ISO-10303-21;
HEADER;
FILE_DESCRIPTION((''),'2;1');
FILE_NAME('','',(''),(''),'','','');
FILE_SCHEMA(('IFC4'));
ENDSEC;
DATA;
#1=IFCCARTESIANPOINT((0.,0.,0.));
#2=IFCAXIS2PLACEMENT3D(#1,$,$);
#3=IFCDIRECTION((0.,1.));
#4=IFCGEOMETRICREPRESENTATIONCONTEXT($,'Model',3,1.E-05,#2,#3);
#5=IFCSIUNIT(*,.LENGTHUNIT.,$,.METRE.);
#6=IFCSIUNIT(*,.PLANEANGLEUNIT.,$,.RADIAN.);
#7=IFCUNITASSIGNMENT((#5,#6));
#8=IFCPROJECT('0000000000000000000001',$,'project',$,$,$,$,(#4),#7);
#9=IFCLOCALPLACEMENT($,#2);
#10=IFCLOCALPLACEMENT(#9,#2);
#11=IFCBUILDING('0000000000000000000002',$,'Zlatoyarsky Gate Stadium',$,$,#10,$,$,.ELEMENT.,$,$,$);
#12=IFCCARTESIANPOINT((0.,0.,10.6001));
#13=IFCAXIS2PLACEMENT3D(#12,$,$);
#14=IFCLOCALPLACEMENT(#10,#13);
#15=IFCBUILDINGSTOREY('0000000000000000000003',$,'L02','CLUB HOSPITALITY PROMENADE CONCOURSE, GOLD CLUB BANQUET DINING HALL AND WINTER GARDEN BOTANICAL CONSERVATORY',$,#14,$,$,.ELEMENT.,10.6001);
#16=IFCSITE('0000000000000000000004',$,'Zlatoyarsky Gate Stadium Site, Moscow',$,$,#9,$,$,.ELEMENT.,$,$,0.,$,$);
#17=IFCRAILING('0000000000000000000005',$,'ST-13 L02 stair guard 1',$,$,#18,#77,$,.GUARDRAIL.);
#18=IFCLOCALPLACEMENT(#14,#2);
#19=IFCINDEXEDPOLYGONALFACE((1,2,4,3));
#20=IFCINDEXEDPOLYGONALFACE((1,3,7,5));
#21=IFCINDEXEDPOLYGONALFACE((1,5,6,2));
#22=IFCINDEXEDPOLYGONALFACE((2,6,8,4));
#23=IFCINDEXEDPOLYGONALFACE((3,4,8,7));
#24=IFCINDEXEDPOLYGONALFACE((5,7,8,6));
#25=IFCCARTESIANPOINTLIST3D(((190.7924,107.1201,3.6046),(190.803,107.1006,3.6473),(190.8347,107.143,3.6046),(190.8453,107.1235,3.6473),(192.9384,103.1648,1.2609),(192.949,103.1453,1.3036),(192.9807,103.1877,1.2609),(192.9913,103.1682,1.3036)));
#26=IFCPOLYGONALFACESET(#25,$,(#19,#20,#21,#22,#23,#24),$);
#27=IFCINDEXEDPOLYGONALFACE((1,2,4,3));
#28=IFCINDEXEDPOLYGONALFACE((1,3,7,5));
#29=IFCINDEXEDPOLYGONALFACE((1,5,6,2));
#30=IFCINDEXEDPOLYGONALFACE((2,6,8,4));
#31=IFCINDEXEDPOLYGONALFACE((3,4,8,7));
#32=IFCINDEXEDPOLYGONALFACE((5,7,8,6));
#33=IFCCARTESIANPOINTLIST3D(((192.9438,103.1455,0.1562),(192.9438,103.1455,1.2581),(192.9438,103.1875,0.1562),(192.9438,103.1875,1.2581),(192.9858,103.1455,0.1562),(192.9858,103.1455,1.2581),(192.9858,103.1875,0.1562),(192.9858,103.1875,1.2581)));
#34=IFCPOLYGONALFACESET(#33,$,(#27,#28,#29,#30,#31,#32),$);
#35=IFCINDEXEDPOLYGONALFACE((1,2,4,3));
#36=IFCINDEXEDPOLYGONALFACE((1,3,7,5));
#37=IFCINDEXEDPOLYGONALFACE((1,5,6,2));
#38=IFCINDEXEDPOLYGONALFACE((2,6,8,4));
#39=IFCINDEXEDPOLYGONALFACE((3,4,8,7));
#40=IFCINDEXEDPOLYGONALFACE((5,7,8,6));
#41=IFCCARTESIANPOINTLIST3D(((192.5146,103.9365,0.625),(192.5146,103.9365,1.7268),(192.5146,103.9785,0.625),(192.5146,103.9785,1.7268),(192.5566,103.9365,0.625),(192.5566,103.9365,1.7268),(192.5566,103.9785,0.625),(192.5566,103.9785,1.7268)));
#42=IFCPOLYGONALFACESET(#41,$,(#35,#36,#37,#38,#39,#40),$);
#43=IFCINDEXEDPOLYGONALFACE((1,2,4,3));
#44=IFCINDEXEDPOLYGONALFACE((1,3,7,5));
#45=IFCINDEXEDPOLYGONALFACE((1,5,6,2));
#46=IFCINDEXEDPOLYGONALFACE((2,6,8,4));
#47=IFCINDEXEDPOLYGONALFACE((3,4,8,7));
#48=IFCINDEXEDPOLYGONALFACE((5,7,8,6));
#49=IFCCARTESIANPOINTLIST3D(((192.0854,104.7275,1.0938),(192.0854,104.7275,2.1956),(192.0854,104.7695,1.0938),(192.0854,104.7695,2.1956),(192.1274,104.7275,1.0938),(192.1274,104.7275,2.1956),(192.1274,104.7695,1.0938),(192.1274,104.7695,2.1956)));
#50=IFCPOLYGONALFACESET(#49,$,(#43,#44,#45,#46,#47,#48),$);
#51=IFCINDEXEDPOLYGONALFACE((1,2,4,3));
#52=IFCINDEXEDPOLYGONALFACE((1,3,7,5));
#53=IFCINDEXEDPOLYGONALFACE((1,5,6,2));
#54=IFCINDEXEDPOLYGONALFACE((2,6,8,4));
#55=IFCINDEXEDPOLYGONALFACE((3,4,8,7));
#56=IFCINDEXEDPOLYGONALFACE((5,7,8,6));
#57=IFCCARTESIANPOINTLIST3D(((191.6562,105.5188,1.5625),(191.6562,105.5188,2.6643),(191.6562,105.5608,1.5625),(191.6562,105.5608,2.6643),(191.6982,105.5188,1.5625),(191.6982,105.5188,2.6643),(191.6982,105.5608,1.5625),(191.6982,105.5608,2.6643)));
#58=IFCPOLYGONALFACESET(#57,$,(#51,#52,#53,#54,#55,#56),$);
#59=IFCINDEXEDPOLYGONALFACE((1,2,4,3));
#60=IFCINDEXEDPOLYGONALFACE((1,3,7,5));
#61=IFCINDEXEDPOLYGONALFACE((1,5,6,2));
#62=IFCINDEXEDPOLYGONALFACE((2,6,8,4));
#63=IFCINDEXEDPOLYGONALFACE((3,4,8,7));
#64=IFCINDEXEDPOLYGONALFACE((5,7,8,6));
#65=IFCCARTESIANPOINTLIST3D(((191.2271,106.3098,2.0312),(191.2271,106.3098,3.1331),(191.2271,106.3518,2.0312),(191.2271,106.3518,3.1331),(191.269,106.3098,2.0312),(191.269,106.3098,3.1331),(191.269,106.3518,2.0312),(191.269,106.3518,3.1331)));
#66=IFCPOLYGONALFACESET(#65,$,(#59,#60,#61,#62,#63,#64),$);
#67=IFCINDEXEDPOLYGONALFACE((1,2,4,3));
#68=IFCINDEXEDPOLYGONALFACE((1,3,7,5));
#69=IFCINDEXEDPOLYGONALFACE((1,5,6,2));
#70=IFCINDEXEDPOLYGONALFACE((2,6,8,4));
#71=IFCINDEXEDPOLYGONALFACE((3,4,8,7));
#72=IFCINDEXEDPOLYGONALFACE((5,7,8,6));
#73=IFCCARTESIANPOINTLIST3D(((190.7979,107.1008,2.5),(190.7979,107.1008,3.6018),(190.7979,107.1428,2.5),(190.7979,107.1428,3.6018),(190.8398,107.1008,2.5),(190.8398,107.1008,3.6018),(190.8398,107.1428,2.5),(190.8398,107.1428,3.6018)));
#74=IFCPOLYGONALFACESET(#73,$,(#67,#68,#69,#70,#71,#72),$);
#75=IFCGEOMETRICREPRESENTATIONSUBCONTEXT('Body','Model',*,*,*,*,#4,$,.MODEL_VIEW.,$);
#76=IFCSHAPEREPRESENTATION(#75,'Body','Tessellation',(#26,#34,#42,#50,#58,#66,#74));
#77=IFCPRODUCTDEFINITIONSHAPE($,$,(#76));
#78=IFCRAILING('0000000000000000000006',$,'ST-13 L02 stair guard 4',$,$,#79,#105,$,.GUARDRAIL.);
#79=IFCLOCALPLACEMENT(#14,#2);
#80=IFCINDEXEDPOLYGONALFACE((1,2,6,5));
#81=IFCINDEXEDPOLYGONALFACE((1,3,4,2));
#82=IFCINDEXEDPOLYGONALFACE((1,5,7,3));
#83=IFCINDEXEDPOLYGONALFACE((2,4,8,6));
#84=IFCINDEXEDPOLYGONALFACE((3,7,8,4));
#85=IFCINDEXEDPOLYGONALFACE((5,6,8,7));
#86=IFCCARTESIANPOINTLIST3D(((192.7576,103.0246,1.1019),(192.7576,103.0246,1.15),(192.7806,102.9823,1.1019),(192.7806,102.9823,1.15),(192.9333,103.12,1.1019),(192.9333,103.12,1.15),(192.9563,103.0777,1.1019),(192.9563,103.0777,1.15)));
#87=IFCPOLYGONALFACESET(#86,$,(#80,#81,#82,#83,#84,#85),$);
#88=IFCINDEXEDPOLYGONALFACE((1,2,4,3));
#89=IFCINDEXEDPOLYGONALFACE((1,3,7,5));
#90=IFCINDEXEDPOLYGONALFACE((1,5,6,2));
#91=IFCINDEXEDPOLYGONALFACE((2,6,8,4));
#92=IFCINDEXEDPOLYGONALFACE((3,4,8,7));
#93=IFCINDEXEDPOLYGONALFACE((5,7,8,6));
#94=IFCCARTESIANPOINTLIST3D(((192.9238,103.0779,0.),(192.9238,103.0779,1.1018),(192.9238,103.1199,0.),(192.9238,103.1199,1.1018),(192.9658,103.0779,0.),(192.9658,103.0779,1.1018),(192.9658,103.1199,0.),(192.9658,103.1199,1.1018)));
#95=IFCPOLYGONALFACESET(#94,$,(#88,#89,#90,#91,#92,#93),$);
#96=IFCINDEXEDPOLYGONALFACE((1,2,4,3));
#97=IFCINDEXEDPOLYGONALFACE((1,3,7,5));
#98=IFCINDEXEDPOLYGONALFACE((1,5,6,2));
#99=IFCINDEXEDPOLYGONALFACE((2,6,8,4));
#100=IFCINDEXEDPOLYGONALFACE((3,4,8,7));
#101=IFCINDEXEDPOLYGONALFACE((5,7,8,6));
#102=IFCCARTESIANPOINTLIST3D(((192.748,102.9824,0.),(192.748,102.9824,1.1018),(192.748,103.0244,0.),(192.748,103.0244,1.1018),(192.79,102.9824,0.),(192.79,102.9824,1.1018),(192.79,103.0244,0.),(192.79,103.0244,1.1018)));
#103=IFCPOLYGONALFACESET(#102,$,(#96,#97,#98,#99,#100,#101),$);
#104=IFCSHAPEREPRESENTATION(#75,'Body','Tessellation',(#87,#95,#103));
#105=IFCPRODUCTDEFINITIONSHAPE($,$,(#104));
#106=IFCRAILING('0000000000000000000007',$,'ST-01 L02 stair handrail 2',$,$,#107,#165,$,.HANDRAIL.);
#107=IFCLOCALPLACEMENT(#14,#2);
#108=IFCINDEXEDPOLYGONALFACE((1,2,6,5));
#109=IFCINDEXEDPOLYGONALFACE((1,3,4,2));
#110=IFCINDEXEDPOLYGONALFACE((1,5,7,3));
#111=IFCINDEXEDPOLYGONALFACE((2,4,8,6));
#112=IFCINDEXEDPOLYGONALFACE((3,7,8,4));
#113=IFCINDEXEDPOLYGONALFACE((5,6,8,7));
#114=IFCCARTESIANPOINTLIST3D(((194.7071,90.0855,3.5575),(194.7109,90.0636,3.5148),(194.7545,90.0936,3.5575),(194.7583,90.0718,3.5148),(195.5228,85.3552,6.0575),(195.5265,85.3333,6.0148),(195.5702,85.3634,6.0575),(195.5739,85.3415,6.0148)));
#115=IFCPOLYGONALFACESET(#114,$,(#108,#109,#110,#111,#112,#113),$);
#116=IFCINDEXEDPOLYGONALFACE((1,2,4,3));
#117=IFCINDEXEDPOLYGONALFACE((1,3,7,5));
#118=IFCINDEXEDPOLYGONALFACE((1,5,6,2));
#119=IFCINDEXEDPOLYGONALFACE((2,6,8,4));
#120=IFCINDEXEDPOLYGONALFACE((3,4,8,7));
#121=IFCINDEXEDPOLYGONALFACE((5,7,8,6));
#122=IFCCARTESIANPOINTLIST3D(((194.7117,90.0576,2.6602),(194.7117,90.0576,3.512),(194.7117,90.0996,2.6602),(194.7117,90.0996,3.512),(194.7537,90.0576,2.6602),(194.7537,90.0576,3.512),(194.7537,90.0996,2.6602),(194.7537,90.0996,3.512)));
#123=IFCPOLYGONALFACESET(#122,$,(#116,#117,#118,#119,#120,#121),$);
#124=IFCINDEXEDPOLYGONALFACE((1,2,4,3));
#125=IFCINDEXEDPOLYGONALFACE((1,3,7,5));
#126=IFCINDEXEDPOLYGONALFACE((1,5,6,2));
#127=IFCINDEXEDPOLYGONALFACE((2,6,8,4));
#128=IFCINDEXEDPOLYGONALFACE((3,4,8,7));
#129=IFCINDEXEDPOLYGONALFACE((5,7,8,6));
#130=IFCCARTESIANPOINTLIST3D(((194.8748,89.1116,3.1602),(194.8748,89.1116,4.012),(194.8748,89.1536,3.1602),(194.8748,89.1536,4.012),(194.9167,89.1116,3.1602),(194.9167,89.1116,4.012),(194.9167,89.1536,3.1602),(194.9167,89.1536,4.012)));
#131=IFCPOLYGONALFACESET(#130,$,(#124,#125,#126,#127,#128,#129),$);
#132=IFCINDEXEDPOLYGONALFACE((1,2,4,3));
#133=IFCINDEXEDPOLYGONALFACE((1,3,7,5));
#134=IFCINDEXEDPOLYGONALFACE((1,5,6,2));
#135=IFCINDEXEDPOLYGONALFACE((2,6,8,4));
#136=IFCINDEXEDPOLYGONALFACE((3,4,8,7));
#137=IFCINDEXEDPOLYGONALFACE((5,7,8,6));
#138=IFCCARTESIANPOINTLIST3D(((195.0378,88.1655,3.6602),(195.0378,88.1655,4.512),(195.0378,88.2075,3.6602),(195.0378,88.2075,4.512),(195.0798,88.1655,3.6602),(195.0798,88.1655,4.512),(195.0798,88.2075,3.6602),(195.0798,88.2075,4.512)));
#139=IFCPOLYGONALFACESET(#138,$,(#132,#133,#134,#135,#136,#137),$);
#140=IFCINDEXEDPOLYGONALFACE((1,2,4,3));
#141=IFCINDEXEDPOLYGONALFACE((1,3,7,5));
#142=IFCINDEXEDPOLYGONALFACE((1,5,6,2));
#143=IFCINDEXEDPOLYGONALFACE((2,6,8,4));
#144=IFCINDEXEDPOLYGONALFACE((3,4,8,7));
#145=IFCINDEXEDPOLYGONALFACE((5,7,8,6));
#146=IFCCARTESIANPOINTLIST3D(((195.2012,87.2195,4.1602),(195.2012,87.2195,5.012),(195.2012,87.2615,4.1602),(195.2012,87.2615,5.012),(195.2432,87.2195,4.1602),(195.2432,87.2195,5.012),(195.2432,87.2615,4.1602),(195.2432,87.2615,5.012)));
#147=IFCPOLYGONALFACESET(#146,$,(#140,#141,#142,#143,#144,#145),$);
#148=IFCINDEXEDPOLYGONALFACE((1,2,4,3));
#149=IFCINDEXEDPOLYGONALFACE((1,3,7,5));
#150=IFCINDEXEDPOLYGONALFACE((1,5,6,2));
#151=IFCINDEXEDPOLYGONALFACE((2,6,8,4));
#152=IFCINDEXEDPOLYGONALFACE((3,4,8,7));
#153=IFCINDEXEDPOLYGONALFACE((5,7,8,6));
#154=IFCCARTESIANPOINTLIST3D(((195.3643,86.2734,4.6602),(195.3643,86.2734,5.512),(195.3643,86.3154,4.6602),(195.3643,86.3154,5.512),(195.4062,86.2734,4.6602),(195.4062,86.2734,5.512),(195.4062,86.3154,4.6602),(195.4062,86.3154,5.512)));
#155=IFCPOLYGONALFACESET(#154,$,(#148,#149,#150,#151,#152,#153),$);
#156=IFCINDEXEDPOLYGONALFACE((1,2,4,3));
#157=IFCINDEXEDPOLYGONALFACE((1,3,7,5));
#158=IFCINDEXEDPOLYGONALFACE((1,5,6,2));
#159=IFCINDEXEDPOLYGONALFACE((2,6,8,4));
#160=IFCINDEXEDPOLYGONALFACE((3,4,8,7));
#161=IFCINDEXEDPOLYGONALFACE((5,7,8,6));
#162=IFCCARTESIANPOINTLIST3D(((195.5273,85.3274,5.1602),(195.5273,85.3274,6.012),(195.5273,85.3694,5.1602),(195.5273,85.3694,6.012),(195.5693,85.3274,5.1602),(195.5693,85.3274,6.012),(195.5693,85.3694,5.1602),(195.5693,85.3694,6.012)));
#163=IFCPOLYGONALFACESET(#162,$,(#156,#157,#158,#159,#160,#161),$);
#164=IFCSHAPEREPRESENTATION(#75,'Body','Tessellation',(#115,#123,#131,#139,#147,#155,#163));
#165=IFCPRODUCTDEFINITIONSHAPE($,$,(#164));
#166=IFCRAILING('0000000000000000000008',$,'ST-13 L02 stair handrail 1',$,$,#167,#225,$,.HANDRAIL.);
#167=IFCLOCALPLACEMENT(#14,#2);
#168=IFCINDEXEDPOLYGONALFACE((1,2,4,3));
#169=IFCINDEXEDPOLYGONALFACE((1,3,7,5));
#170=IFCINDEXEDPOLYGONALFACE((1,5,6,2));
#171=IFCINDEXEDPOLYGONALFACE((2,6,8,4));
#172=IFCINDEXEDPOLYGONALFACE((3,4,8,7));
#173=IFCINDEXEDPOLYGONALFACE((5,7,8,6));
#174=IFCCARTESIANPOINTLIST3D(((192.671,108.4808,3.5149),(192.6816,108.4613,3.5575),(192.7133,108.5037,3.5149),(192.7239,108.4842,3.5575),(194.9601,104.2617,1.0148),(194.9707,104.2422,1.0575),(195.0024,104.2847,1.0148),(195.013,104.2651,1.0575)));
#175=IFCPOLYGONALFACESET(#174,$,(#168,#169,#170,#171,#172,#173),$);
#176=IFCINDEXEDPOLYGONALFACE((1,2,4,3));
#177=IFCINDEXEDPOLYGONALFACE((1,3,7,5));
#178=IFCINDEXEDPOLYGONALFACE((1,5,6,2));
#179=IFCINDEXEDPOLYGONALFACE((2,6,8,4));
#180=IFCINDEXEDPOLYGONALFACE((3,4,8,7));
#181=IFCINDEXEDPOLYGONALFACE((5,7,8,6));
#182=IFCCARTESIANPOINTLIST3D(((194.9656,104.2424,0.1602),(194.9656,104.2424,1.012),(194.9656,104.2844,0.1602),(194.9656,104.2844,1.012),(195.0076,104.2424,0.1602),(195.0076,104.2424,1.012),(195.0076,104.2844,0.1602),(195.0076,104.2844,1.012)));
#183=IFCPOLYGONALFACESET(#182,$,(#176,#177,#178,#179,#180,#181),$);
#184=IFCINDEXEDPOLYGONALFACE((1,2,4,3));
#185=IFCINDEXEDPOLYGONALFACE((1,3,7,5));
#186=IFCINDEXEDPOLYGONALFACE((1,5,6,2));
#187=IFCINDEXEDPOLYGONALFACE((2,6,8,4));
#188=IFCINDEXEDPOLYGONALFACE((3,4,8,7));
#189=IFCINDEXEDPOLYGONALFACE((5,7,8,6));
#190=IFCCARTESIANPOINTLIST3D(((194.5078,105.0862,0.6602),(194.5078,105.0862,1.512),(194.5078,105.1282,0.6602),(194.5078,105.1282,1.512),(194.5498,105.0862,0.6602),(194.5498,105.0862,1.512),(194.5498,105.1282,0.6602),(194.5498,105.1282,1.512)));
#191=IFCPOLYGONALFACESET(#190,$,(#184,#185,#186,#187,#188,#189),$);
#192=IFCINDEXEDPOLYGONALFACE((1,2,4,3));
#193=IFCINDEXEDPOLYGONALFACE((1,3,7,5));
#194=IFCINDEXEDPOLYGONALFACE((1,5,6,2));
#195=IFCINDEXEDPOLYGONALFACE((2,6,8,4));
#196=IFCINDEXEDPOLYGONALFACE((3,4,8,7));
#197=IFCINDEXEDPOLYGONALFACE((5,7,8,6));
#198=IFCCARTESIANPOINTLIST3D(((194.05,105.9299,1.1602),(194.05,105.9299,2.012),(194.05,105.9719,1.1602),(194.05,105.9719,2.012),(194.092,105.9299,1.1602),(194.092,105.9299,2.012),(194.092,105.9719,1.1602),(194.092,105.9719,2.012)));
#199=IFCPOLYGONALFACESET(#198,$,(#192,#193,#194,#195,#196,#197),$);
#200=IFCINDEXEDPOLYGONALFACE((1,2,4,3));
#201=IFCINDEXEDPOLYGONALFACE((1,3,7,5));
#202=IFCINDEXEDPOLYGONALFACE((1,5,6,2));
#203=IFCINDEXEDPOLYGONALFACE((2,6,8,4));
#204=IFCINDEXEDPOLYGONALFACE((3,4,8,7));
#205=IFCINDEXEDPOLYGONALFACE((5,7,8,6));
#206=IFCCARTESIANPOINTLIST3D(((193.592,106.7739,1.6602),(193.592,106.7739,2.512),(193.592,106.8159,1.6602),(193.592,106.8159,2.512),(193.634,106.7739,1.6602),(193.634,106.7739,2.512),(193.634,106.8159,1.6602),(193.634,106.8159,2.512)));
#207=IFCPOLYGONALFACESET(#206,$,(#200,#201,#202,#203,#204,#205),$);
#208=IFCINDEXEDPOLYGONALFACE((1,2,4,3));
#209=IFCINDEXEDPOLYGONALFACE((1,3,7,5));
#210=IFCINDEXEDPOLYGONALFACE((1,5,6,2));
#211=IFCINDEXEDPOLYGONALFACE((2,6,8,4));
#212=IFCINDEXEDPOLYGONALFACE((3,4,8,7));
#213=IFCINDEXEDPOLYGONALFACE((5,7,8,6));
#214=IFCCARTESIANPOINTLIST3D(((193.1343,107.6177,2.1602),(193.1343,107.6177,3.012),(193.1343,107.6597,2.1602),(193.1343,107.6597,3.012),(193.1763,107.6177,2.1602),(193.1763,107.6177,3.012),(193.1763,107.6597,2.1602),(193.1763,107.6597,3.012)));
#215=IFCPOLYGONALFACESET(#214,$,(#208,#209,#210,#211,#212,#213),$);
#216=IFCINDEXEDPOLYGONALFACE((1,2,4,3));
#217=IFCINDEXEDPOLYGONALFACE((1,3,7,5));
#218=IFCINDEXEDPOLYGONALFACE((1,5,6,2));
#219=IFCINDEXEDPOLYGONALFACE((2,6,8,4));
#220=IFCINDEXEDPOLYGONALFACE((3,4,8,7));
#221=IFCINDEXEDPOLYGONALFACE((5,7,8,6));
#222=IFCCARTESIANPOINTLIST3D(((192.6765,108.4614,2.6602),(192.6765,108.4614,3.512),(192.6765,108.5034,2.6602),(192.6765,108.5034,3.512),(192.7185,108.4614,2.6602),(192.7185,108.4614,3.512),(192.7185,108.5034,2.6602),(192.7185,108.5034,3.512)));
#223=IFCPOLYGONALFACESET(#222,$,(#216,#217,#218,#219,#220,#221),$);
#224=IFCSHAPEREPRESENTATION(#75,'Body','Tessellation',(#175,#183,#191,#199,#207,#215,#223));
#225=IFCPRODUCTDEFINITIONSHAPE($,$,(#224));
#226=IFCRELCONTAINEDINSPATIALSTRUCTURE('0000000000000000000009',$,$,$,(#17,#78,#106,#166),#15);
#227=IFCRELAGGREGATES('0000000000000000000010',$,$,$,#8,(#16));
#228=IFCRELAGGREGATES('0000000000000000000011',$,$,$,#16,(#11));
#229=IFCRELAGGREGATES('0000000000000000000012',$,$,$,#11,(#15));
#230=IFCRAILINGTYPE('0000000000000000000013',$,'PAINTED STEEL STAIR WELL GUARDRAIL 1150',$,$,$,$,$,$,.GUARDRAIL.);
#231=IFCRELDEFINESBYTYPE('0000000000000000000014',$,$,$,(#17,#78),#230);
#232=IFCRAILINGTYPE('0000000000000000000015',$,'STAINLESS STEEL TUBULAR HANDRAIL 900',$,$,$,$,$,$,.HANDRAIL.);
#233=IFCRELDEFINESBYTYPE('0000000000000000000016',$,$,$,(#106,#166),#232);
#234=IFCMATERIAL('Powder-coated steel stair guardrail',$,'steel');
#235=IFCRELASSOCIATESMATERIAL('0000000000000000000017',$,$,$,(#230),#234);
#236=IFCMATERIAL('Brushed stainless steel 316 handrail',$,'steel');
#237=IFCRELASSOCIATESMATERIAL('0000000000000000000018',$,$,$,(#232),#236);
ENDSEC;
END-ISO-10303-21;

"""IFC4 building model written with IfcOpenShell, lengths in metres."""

from ifc_helpers import new_model, si_unit, direction, frame, origin, origin_2d, place, context, subcontext, project, spatial, rectangle, extrude, material, type_object, element, save


model = new_model("IFC4")

# Units and contexts
model_context = context("Model", 3, precision=1e-05, world=origin(), true_north=direction((0.0, 1.0)))
body_context = subcontext(model_context, "Body", "Model", "MODEL_VIEW")
ifc_project = project(units=[si_unit("LENGTHUNIT", "METRE"), si_unit("PLANEANGLEUNIT", "RADIAN")], contexts=[model_context])

# Site, building, storey
site_placement = place(None, origin())
site = spatial("IfcSite", under=ifc_project, at=site_placement, Name="Zlatoyarsky Gate Stadium Site, Moscow", CompositionType="ELEMENT", RefElevation=0.0)
building_placement = place(site_placement, origin())
building = spatial("IfcBuilding", under=site, at=building_placement, Name="Zlatoyarsky Gate Stadium", CompositionType="ELEMENT")
storey_placement = place(building_placement, frame((0.0, 0.0, 10.6001)))
storey = spatial("IfcBuildingStorey", under=building, at=storey_placement, Name="L02", Description="CLUB HOSPITALITY PROMENADE CONCOURSE, GOLD CLUB BANQUET DINING HALL AND WINTER GARDEN BOTANICAL CONSERVATORY", CompositionType="ELEMENT", Elevation=10.6001)

# Railings
ifc_material_1 = material(Name="Powder-coated steel stair guardrail", Category="steel")
railing_type_1 = type_object("IfcRailingType", Name="PAINTED STEEL STAIR WELL GUARDRAIL 1150", PredefinedType="GUARDRAIL", material=ifc_material_1)
railing_1_placement = place(storey_placement, frame((192.9648, 103.1665, 0.1562)))
element("IfcRailing", 1, at=railing_1_placement, inside=storey, type_object=railing_type_1, Name="ST-13 L02 stair guard 1", PredefinedType="GUARDRAIL", context=body_context, shape_type="SweptSolid", body=[
    extrude(rectangle(XDim=0.0481, YDim=0.0481, at=origin_2d()), frame((0.0, 0.0, 1.126), z_axis=(-0.42296, 0.779564, 0.461936), x_axis=(-0.878963, -0.47689, 0.0)), (0.0, 0.0, 1.0), 5.0737),
    extrude(rectangle(XDim=0.042, YDim=0.042, at=origin_2d()), origin(), (0.0, 0.0, 1.0), 1.1018),
    extrude(rectangle(XDim=0.042, YDim=0.042, at=origin_2d()), frame((-0.4292, 0.791, 0.4688)), (0.0, 0.0, 1.0), 1.1018),
    extrude(rectangle(XDim=0.042, YDim=0.042, at=origin_2d()), frame((-0.8584, 1.582, 0.9375)), (0.0, 0.0, 1.0), 1.1018),
    extrude(rectangle(XDim=0.042, YDim=0.042, at=origin_2d()), frame((-1.2876, 2.3733, 1.4062)), (0.0, 0.0, 1.0), 1.1018),
    extrude(rectangle(XDim=0.042, YDim=0.042, at=origin_2d()), frame((-1.7168, 3.1643, 1.875)), (0.0, 0.0, 1.0), 1.1018),
    extrude(rectangle(XDim=0.042, YDim=0.042, at=origin_2d()), frame((-2.146, 3.9553, 2.3438)), (0.0, 0.0, 1.0), 1.1018),
])
railing_2_placement = place(storey_placement, frame((192.9448, 103.0989, 0.0)))
element("IfcRailing", 2, at=railing_2_placement, inside=storey, type_object=railing_type_1, Name="ST-13 L02 stair guard 4", PredefinedType="GUARDRAIL", context=body_context, shape_type="SweptSolid", body=[
    extrude(rectangle(XDim=0.0481, YDim=0.0481, at=origin_2d()), frame((0.0, 0.0, 1.126), z_axis=(-0.87878, -0.477227, 0.0), x_axis=(0.477227, -0.87878, 0.0)), (0.0, 0.0, 1.0), 0.2),
    extrude(rectangle(XDim=0.042, YDim=0.042, at=origin_2d()), origin(), (0.0, 0.0, 1.0), 1.1018),
    extrude(rectangle(XDim=0.042, YDim=0.042, at=origin_2d()), frame((-0.1758, -0.0955, 0.0)), (0.0, 0.0, 1.0), 1.1018),
])
ifc_material_2 = material(Name="Brushed stainless steel 316 handrail", Category="steel")
railing_type_2 = type_object("IfcRailingType", Name="STAINLESS STEEL TUBULAR HANDRAIL 900", PredefinedType="HANDRAIL", material=ifc_material_2)
railing_3_placement = place(storey_placement, frame((194.7327, 90.0786, 2.6602)))
element("IfcRailing", 3, at=railing_3_placement, inside=storey, type_object=railing_type_2, Name="ST-01 L02 stair handrail 2", PredefinedType="HANDRAIL", context=body_context, shape_type="SweptSolid", body=[
    extrude(rectangle(XDim=0.0481, YDim=0.0481, at=origin_2d()), frame((0.0, 0.0, 0.876), z_axis=(0.150714, -0.874016, 0.461932), x_axis=(0.985456, 0.169931, 0.0)), (0.0, 0.0, 1.0), 5.4121),
    extrude(rectangle(XDim=0.042, YDim=0.042, at=origin_2d()), origin(), (0.0, 0.0, 1.0), 0.8518),
    extrude(rectangle(XDim=0.042, YDim=0.042, at=origin_2d()), frame((0.1631, -0.946, 0.5)), (0.0, 0.0, 1.0), 0.8518),
    extrude(rectangle(XDim=0.042, YDim=0.042, at=origin_2d()), frame((0.3262, -1.8921, 1.0)), (0.0, 0.0, 1.0), 0.8518),
    extrude(rectangle(XDim=0.042, YDim=0.042, at=origin_2d()), frame((0.4895, -2.8381, 1.5)), (0.0, 0.0, 1.0), 0.8518),
    extrude(rectangle(XDim=0.042, YDim=0.042, at=origin_2d()), frame((0.6526, -3.7842, 2.0)), (0.0, 0.0, 1.0), 0.8518),
    extrude(rectangle(XDim=0.042, YDim=0.042, at=origin_2d()), frame((0.8157, -4.7302, 2.5)), (0.0, 0.0, 1.0), 0.8518),
])
railing_4_placement = place(storey_placement, frame((194.9866, 104.2634, 0.1602)))
element("IfcRailing", 4, at=railing_4_placement, inside=storey, type_object=railing_type_2, Name="ST-13 L02 stair handrail 1", PredefinedType="HANDRAIL", context=body_context, shape_type="SweptSolid", body=[
    extrude(rectangle(XDim=0.0481, YDim=0.0481, at=origin_2d()), frame((0.0, 0.0, 0.876), z_axis=(-0.422961, 0.779563, 0.461937), x_axis=(-0.878962, -0.476891, 0.0)), (0.0, 0.0, 1.0), 5.4121),
    extrude(rectangle(XDim=0.042, YDim=0.042, at=origin_2d()), origin(), (0.0, 0.0, 1.0), 0.8518),
    extrude(rectangle(XDim=0.042, YDim=0.042, at=origin_2d()), frame((-0.4578, 0.8438, 0.5)), (0.0, 0.0, 1.0), 0.8518),
    extrude(rectangle(XDim=0.042, YDim=0.042, at=origin_2d()), frame((-0.9155, 1.6875, 1.0)), (0.0, 0.0, 1.0), 0.8518),
    extrude(rectangle(XDim=0.042, YDim=0.042, at=origin_2d()), frame((-1.3735, 2.5315, 1.5)), (0.0, 0.0, 1.0), 0.8518),
    extrude(rectangle(XDim=0.042, YDim=0.042, at=origin_2d()), frame((-1.8313, 3.3752, 2.0)), (0.0, 0.0, 1.0), 0.8518),
    extrude(rectangle(XDim=0.042, YDim=0.042, at=origin_2d()), frame((-2.2891, 4.219, 2.5)), (0.0, 0.0, 1.0), 0.8518),
])

save(model, "model.ifc")
